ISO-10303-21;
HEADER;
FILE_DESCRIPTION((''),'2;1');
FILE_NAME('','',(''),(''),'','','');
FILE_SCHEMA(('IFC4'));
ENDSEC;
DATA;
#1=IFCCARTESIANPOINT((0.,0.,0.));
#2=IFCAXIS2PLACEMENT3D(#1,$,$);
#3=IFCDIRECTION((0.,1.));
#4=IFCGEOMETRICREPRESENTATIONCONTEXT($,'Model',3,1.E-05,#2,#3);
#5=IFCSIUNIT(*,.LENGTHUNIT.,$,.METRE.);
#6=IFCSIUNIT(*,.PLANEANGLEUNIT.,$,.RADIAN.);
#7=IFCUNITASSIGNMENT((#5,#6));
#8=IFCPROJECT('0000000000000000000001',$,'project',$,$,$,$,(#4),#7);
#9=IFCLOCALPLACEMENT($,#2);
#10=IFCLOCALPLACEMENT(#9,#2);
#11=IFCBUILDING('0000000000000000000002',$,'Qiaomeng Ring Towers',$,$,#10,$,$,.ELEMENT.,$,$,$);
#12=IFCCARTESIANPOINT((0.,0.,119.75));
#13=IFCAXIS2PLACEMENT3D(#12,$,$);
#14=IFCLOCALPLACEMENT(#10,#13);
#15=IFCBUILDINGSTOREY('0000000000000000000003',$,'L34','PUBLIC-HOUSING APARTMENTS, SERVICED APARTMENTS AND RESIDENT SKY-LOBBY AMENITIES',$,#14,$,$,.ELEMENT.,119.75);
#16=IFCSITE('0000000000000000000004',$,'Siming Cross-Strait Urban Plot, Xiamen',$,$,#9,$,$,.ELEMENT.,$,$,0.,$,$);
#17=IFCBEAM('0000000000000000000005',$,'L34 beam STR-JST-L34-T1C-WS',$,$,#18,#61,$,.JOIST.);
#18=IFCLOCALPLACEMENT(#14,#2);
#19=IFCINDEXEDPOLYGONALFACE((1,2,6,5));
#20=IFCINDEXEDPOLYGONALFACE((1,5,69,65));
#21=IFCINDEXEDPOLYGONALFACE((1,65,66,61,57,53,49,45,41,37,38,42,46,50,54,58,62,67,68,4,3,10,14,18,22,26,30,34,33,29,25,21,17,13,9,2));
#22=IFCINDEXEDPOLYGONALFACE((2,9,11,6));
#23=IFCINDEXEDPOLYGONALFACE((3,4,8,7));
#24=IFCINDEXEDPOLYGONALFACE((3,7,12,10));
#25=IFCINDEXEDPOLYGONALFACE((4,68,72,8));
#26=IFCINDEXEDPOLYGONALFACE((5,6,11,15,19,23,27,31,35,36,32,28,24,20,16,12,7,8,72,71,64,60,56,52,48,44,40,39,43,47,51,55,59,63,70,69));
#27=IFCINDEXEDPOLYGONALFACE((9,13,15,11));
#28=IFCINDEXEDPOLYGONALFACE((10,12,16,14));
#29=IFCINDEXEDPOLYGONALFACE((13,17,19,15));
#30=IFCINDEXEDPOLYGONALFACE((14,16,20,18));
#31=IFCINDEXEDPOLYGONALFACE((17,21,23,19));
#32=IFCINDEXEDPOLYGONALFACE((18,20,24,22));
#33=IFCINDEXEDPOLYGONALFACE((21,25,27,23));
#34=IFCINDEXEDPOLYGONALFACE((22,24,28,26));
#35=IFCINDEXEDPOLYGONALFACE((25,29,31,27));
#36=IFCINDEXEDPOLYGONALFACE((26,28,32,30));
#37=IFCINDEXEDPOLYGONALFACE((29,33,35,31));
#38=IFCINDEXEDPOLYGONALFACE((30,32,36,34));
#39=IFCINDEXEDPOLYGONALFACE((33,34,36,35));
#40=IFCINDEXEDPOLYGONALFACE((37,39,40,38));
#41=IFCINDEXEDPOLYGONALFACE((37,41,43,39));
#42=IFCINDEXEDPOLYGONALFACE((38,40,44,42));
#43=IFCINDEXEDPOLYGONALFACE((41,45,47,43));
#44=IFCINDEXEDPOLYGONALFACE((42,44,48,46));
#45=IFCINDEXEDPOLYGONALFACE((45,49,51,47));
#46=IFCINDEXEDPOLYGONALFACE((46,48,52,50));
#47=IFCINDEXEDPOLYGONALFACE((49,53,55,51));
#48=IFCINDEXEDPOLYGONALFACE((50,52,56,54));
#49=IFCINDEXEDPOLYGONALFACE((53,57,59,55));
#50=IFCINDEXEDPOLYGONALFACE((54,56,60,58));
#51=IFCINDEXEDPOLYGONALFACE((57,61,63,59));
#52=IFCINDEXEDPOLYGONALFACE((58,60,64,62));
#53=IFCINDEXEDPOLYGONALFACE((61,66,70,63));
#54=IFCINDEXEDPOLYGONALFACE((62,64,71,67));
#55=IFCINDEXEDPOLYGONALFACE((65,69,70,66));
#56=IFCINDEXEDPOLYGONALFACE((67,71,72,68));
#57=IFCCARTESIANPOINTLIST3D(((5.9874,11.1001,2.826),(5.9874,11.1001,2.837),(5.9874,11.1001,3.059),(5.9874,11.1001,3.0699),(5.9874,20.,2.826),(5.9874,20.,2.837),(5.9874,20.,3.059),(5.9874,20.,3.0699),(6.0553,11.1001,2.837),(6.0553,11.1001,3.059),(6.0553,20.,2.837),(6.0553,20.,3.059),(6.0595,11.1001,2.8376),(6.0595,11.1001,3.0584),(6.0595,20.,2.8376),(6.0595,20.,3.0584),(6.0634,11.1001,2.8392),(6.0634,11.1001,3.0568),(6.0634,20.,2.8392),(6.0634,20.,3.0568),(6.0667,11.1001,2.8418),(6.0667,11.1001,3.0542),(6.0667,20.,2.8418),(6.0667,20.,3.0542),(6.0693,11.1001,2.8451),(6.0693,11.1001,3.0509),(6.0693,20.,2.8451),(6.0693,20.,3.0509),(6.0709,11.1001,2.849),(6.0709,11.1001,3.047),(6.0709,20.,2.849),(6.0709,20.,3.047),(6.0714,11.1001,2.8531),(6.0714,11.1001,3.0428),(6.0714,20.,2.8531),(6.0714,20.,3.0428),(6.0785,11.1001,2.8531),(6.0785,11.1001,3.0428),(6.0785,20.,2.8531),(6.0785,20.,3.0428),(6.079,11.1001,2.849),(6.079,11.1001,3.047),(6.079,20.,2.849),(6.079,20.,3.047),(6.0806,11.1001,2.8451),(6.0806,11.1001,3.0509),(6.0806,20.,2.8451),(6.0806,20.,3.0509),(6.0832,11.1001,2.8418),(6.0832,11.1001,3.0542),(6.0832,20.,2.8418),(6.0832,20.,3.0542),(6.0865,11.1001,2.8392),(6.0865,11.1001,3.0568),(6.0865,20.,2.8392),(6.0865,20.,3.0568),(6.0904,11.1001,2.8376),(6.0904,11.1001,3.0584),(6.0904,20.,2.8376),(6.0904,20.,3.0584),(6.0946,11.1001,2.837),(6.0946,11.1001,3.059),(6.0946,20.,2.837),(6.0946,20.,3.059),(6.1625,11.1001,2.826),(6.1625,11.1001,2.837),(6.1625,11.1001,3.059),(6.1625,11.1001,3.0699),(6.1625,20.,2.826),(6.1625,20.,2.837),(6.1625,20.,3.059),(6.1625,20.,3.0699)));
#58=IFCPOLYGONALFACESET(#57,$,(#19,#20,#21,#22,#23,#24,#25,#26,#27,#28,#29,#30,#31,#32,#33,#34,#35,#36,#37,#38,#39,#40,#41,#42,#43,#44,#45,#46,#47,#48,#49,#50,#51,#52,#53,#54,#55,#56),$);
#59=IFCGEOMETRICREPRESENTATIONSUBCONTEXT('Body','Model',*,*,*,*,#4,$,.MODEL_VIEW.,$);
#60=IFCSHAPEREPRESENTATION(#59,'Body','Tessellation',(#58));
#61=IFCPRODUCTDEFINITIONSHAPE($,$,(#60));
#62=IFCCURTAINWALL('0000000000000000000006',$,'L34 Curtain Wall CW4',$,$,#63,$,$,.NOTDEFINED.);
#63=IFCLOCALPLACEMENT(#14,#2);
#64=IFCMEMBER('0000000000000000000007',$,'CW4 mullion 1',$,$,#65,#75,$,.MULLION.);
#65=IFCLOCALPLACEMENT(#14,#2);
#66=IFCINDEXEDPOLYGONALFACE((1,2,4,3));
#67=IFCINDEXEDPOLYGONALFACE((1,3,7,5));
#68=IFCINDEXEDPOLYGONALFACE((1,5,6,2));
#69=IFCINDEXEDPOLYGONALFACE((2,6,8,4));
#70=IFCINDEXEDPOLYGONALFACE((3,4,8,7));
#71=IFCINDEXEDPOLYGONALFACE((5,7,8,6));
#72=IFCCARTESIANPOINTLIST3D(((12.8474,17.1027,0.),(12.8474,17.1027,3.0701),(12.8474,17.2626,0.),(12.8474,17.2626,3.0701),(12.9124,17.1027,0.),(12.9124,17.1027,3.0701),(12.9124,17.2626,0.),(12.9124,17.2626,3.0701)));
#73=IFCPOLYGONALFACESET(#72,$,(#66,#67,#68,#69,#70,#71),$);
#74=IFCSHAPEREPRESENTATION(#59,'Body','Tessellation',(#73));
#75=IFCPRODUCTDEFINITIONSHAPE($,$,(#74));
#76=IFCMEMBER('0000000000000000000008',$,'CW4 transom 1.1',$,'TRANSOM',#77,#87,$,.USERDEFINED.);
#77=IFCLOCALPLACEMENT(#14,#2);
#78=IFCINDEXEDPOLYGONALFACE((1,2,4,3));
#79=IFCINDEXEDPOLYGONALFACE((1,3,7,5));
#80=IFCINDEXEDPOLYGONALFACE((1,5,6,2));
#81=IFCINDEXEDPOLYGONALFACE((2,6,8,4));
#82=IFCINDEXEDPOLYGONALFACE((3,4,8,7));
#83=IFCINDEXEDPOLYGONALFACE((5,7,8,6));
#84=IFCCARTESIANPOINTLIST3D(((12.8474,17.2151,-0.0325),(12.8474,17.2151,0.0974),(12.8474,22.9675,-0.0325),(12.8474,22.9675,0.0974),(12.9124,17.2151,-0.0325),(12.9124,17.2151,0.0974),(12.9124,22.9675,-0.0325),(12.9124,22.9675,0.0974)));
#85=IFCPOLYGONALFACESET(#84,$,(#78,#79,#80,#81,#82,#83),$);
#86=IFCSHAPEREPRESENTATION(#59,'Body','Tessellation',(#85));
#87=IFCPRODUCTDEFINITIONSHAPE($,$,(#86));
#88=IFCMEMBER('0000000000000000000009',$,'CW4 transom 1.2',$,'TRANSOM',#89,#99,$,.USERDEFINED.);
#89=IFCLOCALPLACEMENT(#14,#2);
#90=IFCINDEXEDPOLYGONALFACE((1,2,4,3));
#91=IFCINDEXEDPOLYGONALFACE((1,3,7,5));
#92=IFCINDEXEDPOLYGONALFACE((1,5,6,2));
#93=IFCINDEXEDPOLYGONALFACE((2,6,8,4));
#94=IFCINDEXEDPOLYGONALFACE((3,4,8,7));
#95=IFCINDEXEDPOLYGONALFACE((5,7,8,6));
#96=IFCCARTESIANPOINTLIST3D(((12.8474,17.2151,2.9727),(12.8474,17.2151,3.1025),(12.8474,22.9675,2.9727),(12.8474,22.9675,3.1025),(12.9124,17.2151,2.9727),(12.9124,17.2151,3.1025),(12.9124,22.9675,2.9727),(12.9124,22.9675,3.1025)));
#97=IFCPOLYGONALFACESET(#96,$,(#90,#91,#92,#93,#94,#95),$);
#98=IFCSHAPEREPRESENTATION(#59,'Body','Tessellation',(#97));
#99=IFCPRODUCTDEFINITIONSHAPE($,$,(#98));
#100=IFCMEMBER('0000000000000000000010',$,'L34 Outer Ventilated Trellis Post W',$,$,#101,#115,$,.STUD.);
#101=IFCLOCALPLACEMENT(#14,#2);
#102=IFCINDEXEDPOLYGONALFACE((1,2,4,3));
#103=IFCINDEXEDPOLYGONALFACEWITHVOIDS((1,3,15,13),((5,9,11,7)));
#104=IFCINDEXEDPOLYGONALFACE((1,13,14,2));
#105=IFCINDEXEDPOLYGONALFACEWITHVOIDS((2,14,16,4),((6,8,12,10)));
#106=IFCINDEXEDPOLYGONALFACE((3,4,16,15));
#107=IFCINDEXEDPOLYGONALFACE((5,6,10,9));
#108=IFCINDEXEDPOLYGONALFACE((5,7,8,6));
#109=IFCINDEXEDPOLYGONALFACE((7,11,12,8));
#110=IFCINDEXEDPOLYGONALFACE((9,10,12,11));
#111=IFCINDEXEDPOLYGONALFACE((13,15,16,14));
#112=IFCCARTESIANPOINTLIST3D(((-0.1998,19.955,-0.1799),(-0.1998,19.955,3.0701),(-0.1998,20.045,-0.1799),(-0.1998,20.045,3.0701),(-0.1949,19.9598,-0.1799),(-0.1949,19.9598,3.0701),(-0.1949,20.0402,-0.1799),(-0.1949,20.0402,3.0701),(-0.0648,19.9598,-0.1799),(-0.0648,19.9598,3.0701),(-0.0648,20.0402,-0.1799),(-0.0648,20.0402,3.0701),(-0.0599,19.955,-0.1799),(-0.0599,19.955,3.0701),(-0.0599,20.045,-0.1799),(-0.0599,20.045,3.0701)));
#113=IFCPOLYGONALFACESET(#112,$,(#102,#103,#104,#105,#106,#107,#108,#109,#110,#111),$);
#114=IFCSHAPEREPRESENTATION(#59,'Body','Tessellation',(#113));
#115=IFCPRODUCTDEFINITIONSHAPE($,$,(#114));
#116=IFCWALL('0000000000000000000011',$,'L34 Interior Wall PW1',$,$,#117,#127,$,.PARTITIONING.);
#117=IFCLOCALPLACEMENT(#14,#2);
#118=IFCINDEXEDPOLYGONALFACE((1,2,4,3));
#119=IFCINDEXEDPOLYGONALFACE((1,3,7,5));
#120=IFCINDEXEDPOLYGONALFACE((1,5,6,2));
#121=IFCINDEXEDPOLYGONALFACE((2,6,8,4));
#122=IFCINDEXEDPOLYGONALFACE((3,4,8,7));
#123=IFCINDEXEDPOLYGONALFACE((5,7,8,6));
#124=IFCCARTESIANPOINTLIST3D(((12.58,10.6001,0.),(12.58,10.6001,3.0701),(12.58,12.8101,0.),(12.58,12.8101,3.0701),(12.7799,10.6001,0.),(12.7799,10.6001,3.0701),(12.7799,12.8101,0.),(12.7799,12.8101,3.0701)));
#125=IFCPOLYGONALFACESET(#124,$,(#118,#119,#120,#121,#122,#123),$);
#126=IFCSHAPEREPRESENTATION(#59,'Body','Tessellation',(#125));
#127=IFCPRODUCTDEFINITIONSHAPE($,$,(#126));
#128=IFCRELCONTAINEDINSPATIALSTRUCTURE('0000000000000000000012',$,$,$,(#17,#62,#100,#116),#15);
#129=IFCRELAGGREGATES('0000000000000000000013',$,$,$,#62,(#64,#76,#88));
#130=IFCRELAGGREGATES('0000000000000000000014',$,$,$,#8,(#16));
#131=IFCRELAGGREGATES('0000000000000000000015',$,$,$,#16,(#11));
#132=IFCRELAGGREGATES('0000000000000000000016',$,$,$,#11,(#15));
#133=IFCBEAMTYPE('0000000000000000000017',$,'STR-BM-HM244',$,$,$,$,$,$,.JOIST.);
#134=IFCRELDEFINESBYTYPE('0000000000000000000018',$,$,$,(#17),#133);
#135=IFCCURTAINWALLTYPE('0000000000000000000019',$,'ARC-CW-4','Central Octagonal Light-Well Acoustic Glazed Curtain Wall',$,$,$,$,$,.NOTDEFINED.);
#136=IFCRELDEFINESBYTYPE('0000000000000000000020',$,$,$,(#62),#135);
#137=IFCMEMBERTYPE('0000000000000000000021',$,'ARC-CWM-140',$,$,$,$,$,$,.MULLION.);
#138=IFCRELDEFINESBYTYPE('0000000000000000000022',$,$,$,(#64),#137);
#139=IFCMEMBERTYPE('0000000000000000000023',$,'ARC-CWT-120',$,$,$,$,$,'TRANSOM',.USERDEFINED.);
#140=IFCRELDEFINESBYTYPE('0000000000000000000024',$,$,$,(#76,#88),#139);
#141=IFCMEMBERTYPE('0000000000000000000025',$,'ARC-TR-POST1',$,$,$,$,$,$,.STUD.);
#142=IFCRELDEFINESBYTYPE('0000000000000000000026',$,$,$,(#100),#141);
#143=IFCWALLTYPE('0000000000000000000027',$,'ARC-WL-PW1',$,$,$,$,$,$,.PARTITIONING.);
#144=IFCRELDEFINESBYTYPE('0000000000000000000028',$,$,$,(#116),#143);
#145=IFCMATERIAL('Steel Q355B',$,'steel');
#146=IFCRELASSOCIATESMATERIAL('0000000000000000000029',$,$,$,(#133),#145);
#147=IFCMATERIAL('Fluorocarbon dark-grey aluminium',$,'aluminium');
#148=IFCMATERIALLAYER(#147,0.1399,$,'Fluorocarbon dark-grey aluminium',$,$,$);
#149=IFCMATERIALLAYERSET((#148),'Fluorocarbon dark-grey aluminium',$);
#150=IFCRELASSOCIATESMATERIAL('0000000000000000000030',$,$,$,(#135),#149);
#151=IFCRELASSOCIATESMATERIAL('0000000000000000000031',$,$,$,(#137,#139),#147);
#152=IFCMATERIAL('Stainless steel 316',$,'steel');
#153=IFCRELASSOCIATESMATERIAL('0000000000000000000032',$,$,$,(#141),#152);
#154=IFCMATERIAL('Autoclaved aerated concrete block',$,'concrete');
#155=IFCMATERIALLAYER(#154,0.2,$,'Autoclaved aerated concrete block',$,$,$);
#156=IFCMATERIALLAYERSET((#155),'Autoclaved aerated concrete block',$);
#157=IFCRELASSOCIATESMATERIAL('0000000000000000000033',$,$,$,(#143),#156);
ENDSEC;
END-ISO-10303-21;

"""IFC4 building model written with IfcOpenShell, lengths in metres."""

from ifc_helpers import new_model, si_unit, direction, frame, frame_2d, origin, origin_2d, place, context, subcontext, project, spatial, rectangle, hollow_rectangle, i_section, extrude, source, transform, mapped, material, layer, layer_set, material_profile, profile_set, type_object, element, aggregate, save


model = new_model("IFC4")

# Units and contexts
model_context = context("Model", 3, precision=1e-05, world=origin(), true_north=direction((0.0, 1.0)))
body_context = subcontext(model_context, "Body", "Model", "MODEL_VIEW")
ifc_project = project(units=[si_unit("LENGTHUNIT", "METRE"), si_unit("PLANEANGLEUNIT", "RADIAN")], contexts=[model_context])

# Site, building, storey
site_placement = place(None, origin())
site = spatial("IfcSite", under=ifc_project, at=site_placement, Name="Siming Cross-Strait Urban Plot, Xiamen", CompositionType="ELEMENT", RefElevation=0.0)
building_placement = place(site_placement, origin())
building = spatial("IfcBuilding", under=site, at=building_placement, Name="Qiaomeng Ring Towers", CompositionType="ELEMENT")
storey_placement = place(building_placement, frame((0.0, 0.0, 119.75)))
storey = spatial("IfcBuildingStorey", under=building, at=storey_placement, Name="L34", Description="PUBLIC-HOUSING APARTMENTS, SERVICED APARTMENTS AND RESIDENT SKY-LOBBY AMENITIES", CompositionType="ELEMENT", Elevation=119.75)

# Beam
ifc_material_1 = material(Name="Steel Q355B", Category="steel")
ifc_material_profile_1 = material_profile(ifc_material_1, i_section(OverallWidth=0.175, OverallDepth=0.2439, WebThickness=0.0071, FlangeThickness=0.011, FilletRadius=0.0161, at=origin_2d()), Name="HM 244x175x7x11")
ifc_profile_set_1 = profile_set([ifc_material_profile_1], Name="Steel Q355B")
beam_type_1 = type_object("IfcBeamType", Name="STR-BM-HM244", PredefinedType="JOIST", material=ifc_profile_set_1)
shared_shape_1 = source(origin(), body_context, "Body", "SweptSolid", [
    extrude(i_section(OverallWidth=0.175, OverallDepth=0.2439, WebThickness=0.0071, FlangeThickness=0.011, FilletRadius=0.0161, at=origin_2d()), origin(), (0.0, 0.0, 1.0), 8.8999),
])
beam_1_placement = place(storey_placement, frame((6.075, 11.1001, 2.948), z_axis=(0.0, 1.0, 0.0), x_axis=(-1.0, 0.0, 0.0)))
element("IfcBeam", 1, at=beam_1_placement, inside=storey, type_object=beam_type_1, Name="L34 beam STR-JST-L34-T1C-WS", PredefinedType="JOIST", context=body_context, shape_type="MappedRepresentation", body=[
    mapped(shared_shape_1, transform((0.0, 0.0, 0.0), x_axis=(1.0, 0.0, 0.0), y_axis=(0.0, 1.0, 0.0), z_axis=(0.0, 0.0, 1.0), scale=1.0)),
])

# Curtain wall, members
ifc_material_2 = material(Name="Fluorocarbon dark-grey aluminium", Category="aluminium")
ifc_layer_1 = layer(ifc_material_2, 0.1399, Name="Fluorocarbon dark-grey aluminium")
ifc_layer_set_1 = layer_set([ifc_layer_1], Name="Fluorocarbon dark-grey aluminium")
curtain_wall_type = type_object("IfcCurtainWallType", Name="ARC-CW-4", Description="Central Octagonal Light-Well Acoustic Glazed Curtain Wall", PredefinedType="NOTDEFINED", material=ifc_layer_set_1)
curtain_wall_placement = place(storey_placement, origin())
curtain_wall = element("IfcCurtainWall", 2, at=curtain_wall_placement, inside=storey, type_object=curtain_wall_type, Name="L34 Curtain Wall CW4", PredefinedType="NOTDEFINED")
ifc_material_profile_2 = material_profile(ifc_material_2, rectangle(XDim=0.0649, YDim=0.1599, at=origin_2d()), Name="ALU MULL 65x160")
ifc_profile_set_2 = profile_set([ifc_material_profile_2], Name="Fluorocarbon dark-grey aluminium")
member_type_1 = type_object("IfcMemberType", Name="ARC-CWM-140", PredefinedType="MULLION", material=ifc_profile_set_2)
shared_shape_2 = source(origin(), body_context, "Body", "SweptSolid", [
    extrude(rectangle(XDim=0.0649, YDim=0.1599, at=origin_2d()), origin(), (0.0, 0.0, 1.0), 3.0701),
])
member_1_placement = place(storey_placement, frame((12.8799, 17.1826, 0.0), z_axis=(0.0, 0.0, 1.0), x_axis=(-1.0, 0.0, 0.0)))
member_1 = element("IfcMember", 3, at=member_1_placement, type_object=member_type_1, Name="CW4 mullion 1", PredefinedType="MULLION", context=body_context, shape_type="MappedRepresentation", body=[
    mapped(shared_shape_2, transform((0.0, 0.0, 0.0), x_axis=(1.0, 0.0, 0.0), y_axis=(0.0, 1.0, 0.0), z_axis=(0.0, 0.0, 1.0), scale=1.0)),
])
ifc_material_profile_3 = material_profile(ifc_material_2, rectangle(XDim=0.0649, YDim=0.1299, at=origin_2d()), Name="ALU TRAN 65x130")
ifc_profile_set_3 = profile_set([ifc_material_profile_3], Name="Fluorocarbon dark-grey aluminium")
member_type_2 = type_object("IfcMemberType", Name="ARC-CWT-120", ElementType="TRANSOM", PredefinedType="USERDEFINED", material=ifc_profile_set_3)
shared_shape_3 = source(origin(), body_context, "Body", "SweptSolid", [
    extrude(rectangle(XDim=0.0649, YDim=0.1299, at=origin_2d()), origin(), (0.0, 0.0, 1.0), 5.7524),
])
member_2_placement = place(storey_placement, frame((12.8799, 17.2151, 0.0325), z_axis=(0.0, 1.0, 0.0), x_axis=(-1.0, 0.0, 0.0)))
member_2 = element("IfcMember", 4, at=member_2_placement, type_object=member_type_2, Name="CW4 transom 1.1", ObjectType="TRANSOM", PredefinedType="USERDEFINED", context=body_context, shape_type="MappedRepresentation", body=[
    mapped(shared_shape_3, transform((0.0, 0.0, 0.0), x_axis=(1.0, 0.0, 0.0), y_axis=(0.0, 1.0, 0.0), z_axis=(0.0, 0.0, 1.0), scale=1.0)),
])
member_3_placement = place(storey_placement, frame((12.8799, 17.2151, 3.0376), z_axis=(0.0, 1.0, 0.0), x_axis=(-1.0, 0.0, 0.0)))
member_3 = element("IfcMember", 5, at=member_3_placement, type_object=member_type_2, Name="CW4 transom 1.2", ObjectType="TRANSOM", PredefinedType="USERDEFINED", context=body_context, shape_type="MappedRepresentation", body=[
    mapped(shared_shape_3, transform((0.0, 0.0, 0.0), x_axis=(1.0, 0.0, 0.0), y_axis=(0.0, 1.0, 0.0), z_axis=(0.0, 0.0, 1.0), scale=1.0)),
])
aggregate(curtain_wall, [member_1, member_2, member_3])

# Member
ifc_material_3 = material(Name="Stainless steel 316", Category="steel")
ifc_material_profile_4 = material_profile(ifc_material_3, hollow_rectangle(XDim=0.0901, YDim=0.1399, WallThickness=0.0049, at=origin_2d()), Name="SS TRELLIS 90x140")
ifc_profile_set_4 = profile_set([ifc_material_profile_4], Name="Stainless steel 316")
member_type_3 = type_object("IfcMemberType", Name="ARC-TR-POST1", PredefinedType="STUD", material=ifc_profile_set_4)
shared_shape_4 = source(origin(), body_context, "Body", "SweptSolid", [
    extrude(hollow_rectangle(XDim=0.0901, YDim=0.1399, WallThickness=0.0049, at=origin_2d()), origin(), (0.0, 0.0, 1.0), 3.25),
])
member_4_placement = place(storey_placement, frame((-0.1299, 20.0, -0.1799), z_axis=(0.0, 0.0, 1.0), x_axis=(0.0, 1.0, 0.0)))
element("IfcMember", 6, at=member_4_placement, inside=storey, type_object=member_type_3, Name="L34 Outer Ventilated Trellis Post W", PredefinedType="STUD", context=body_context, shape_type="MappedRepresentation", body=[
    mapped(shared_shape_4, transform((0.0, 0.0, 0.0), x_axis=(1.0, 0.0, 0.0), y_axis=(0.0, 1.0, 0.0), z_axis=(0.0, 0.0, 1.0), scale=1.0)),
])

# Wall
ifc_material_4 = material(Name="Autoclaved aerated concrete block", Category="concrete")
ifc_layer_2 = layer(ifc_material_4, 0.2, Name="Autoclaved aerated concrete block")
ifc_layer_set_2 = layer_set([ifc_layer_2], Name="Autoclaved aerated concrete block")
wall_type_1 = type_object("IfcWallType", Name="ARC-WL-PW1", PredefinedType="PARTITIONING", material=ifc_layer_set_2)
wall_1_placement = place(storey_placement, frame((12.6799, 10.6001, 0.0), z_axis=(0.0, 0.0, 1.0), x_axis=(0.0, 1.0, 0.0)))
element("IfcWall", 7, at=wall_1_placement, inside=storey, type_object=wall_type_1, Name="L34 Interior Wall PW1", PredefinedType="PARTITIONING", context=body_context, shape_type="SweptSolid", body=[
    extrude(rectangle(XDim=2.21, YDim=0.2, at=frame_2d((1.105, 0.0))), origin(), (0.0, 0.0, 1.0), 3.0701),
])

save(model, "model.ifc")
